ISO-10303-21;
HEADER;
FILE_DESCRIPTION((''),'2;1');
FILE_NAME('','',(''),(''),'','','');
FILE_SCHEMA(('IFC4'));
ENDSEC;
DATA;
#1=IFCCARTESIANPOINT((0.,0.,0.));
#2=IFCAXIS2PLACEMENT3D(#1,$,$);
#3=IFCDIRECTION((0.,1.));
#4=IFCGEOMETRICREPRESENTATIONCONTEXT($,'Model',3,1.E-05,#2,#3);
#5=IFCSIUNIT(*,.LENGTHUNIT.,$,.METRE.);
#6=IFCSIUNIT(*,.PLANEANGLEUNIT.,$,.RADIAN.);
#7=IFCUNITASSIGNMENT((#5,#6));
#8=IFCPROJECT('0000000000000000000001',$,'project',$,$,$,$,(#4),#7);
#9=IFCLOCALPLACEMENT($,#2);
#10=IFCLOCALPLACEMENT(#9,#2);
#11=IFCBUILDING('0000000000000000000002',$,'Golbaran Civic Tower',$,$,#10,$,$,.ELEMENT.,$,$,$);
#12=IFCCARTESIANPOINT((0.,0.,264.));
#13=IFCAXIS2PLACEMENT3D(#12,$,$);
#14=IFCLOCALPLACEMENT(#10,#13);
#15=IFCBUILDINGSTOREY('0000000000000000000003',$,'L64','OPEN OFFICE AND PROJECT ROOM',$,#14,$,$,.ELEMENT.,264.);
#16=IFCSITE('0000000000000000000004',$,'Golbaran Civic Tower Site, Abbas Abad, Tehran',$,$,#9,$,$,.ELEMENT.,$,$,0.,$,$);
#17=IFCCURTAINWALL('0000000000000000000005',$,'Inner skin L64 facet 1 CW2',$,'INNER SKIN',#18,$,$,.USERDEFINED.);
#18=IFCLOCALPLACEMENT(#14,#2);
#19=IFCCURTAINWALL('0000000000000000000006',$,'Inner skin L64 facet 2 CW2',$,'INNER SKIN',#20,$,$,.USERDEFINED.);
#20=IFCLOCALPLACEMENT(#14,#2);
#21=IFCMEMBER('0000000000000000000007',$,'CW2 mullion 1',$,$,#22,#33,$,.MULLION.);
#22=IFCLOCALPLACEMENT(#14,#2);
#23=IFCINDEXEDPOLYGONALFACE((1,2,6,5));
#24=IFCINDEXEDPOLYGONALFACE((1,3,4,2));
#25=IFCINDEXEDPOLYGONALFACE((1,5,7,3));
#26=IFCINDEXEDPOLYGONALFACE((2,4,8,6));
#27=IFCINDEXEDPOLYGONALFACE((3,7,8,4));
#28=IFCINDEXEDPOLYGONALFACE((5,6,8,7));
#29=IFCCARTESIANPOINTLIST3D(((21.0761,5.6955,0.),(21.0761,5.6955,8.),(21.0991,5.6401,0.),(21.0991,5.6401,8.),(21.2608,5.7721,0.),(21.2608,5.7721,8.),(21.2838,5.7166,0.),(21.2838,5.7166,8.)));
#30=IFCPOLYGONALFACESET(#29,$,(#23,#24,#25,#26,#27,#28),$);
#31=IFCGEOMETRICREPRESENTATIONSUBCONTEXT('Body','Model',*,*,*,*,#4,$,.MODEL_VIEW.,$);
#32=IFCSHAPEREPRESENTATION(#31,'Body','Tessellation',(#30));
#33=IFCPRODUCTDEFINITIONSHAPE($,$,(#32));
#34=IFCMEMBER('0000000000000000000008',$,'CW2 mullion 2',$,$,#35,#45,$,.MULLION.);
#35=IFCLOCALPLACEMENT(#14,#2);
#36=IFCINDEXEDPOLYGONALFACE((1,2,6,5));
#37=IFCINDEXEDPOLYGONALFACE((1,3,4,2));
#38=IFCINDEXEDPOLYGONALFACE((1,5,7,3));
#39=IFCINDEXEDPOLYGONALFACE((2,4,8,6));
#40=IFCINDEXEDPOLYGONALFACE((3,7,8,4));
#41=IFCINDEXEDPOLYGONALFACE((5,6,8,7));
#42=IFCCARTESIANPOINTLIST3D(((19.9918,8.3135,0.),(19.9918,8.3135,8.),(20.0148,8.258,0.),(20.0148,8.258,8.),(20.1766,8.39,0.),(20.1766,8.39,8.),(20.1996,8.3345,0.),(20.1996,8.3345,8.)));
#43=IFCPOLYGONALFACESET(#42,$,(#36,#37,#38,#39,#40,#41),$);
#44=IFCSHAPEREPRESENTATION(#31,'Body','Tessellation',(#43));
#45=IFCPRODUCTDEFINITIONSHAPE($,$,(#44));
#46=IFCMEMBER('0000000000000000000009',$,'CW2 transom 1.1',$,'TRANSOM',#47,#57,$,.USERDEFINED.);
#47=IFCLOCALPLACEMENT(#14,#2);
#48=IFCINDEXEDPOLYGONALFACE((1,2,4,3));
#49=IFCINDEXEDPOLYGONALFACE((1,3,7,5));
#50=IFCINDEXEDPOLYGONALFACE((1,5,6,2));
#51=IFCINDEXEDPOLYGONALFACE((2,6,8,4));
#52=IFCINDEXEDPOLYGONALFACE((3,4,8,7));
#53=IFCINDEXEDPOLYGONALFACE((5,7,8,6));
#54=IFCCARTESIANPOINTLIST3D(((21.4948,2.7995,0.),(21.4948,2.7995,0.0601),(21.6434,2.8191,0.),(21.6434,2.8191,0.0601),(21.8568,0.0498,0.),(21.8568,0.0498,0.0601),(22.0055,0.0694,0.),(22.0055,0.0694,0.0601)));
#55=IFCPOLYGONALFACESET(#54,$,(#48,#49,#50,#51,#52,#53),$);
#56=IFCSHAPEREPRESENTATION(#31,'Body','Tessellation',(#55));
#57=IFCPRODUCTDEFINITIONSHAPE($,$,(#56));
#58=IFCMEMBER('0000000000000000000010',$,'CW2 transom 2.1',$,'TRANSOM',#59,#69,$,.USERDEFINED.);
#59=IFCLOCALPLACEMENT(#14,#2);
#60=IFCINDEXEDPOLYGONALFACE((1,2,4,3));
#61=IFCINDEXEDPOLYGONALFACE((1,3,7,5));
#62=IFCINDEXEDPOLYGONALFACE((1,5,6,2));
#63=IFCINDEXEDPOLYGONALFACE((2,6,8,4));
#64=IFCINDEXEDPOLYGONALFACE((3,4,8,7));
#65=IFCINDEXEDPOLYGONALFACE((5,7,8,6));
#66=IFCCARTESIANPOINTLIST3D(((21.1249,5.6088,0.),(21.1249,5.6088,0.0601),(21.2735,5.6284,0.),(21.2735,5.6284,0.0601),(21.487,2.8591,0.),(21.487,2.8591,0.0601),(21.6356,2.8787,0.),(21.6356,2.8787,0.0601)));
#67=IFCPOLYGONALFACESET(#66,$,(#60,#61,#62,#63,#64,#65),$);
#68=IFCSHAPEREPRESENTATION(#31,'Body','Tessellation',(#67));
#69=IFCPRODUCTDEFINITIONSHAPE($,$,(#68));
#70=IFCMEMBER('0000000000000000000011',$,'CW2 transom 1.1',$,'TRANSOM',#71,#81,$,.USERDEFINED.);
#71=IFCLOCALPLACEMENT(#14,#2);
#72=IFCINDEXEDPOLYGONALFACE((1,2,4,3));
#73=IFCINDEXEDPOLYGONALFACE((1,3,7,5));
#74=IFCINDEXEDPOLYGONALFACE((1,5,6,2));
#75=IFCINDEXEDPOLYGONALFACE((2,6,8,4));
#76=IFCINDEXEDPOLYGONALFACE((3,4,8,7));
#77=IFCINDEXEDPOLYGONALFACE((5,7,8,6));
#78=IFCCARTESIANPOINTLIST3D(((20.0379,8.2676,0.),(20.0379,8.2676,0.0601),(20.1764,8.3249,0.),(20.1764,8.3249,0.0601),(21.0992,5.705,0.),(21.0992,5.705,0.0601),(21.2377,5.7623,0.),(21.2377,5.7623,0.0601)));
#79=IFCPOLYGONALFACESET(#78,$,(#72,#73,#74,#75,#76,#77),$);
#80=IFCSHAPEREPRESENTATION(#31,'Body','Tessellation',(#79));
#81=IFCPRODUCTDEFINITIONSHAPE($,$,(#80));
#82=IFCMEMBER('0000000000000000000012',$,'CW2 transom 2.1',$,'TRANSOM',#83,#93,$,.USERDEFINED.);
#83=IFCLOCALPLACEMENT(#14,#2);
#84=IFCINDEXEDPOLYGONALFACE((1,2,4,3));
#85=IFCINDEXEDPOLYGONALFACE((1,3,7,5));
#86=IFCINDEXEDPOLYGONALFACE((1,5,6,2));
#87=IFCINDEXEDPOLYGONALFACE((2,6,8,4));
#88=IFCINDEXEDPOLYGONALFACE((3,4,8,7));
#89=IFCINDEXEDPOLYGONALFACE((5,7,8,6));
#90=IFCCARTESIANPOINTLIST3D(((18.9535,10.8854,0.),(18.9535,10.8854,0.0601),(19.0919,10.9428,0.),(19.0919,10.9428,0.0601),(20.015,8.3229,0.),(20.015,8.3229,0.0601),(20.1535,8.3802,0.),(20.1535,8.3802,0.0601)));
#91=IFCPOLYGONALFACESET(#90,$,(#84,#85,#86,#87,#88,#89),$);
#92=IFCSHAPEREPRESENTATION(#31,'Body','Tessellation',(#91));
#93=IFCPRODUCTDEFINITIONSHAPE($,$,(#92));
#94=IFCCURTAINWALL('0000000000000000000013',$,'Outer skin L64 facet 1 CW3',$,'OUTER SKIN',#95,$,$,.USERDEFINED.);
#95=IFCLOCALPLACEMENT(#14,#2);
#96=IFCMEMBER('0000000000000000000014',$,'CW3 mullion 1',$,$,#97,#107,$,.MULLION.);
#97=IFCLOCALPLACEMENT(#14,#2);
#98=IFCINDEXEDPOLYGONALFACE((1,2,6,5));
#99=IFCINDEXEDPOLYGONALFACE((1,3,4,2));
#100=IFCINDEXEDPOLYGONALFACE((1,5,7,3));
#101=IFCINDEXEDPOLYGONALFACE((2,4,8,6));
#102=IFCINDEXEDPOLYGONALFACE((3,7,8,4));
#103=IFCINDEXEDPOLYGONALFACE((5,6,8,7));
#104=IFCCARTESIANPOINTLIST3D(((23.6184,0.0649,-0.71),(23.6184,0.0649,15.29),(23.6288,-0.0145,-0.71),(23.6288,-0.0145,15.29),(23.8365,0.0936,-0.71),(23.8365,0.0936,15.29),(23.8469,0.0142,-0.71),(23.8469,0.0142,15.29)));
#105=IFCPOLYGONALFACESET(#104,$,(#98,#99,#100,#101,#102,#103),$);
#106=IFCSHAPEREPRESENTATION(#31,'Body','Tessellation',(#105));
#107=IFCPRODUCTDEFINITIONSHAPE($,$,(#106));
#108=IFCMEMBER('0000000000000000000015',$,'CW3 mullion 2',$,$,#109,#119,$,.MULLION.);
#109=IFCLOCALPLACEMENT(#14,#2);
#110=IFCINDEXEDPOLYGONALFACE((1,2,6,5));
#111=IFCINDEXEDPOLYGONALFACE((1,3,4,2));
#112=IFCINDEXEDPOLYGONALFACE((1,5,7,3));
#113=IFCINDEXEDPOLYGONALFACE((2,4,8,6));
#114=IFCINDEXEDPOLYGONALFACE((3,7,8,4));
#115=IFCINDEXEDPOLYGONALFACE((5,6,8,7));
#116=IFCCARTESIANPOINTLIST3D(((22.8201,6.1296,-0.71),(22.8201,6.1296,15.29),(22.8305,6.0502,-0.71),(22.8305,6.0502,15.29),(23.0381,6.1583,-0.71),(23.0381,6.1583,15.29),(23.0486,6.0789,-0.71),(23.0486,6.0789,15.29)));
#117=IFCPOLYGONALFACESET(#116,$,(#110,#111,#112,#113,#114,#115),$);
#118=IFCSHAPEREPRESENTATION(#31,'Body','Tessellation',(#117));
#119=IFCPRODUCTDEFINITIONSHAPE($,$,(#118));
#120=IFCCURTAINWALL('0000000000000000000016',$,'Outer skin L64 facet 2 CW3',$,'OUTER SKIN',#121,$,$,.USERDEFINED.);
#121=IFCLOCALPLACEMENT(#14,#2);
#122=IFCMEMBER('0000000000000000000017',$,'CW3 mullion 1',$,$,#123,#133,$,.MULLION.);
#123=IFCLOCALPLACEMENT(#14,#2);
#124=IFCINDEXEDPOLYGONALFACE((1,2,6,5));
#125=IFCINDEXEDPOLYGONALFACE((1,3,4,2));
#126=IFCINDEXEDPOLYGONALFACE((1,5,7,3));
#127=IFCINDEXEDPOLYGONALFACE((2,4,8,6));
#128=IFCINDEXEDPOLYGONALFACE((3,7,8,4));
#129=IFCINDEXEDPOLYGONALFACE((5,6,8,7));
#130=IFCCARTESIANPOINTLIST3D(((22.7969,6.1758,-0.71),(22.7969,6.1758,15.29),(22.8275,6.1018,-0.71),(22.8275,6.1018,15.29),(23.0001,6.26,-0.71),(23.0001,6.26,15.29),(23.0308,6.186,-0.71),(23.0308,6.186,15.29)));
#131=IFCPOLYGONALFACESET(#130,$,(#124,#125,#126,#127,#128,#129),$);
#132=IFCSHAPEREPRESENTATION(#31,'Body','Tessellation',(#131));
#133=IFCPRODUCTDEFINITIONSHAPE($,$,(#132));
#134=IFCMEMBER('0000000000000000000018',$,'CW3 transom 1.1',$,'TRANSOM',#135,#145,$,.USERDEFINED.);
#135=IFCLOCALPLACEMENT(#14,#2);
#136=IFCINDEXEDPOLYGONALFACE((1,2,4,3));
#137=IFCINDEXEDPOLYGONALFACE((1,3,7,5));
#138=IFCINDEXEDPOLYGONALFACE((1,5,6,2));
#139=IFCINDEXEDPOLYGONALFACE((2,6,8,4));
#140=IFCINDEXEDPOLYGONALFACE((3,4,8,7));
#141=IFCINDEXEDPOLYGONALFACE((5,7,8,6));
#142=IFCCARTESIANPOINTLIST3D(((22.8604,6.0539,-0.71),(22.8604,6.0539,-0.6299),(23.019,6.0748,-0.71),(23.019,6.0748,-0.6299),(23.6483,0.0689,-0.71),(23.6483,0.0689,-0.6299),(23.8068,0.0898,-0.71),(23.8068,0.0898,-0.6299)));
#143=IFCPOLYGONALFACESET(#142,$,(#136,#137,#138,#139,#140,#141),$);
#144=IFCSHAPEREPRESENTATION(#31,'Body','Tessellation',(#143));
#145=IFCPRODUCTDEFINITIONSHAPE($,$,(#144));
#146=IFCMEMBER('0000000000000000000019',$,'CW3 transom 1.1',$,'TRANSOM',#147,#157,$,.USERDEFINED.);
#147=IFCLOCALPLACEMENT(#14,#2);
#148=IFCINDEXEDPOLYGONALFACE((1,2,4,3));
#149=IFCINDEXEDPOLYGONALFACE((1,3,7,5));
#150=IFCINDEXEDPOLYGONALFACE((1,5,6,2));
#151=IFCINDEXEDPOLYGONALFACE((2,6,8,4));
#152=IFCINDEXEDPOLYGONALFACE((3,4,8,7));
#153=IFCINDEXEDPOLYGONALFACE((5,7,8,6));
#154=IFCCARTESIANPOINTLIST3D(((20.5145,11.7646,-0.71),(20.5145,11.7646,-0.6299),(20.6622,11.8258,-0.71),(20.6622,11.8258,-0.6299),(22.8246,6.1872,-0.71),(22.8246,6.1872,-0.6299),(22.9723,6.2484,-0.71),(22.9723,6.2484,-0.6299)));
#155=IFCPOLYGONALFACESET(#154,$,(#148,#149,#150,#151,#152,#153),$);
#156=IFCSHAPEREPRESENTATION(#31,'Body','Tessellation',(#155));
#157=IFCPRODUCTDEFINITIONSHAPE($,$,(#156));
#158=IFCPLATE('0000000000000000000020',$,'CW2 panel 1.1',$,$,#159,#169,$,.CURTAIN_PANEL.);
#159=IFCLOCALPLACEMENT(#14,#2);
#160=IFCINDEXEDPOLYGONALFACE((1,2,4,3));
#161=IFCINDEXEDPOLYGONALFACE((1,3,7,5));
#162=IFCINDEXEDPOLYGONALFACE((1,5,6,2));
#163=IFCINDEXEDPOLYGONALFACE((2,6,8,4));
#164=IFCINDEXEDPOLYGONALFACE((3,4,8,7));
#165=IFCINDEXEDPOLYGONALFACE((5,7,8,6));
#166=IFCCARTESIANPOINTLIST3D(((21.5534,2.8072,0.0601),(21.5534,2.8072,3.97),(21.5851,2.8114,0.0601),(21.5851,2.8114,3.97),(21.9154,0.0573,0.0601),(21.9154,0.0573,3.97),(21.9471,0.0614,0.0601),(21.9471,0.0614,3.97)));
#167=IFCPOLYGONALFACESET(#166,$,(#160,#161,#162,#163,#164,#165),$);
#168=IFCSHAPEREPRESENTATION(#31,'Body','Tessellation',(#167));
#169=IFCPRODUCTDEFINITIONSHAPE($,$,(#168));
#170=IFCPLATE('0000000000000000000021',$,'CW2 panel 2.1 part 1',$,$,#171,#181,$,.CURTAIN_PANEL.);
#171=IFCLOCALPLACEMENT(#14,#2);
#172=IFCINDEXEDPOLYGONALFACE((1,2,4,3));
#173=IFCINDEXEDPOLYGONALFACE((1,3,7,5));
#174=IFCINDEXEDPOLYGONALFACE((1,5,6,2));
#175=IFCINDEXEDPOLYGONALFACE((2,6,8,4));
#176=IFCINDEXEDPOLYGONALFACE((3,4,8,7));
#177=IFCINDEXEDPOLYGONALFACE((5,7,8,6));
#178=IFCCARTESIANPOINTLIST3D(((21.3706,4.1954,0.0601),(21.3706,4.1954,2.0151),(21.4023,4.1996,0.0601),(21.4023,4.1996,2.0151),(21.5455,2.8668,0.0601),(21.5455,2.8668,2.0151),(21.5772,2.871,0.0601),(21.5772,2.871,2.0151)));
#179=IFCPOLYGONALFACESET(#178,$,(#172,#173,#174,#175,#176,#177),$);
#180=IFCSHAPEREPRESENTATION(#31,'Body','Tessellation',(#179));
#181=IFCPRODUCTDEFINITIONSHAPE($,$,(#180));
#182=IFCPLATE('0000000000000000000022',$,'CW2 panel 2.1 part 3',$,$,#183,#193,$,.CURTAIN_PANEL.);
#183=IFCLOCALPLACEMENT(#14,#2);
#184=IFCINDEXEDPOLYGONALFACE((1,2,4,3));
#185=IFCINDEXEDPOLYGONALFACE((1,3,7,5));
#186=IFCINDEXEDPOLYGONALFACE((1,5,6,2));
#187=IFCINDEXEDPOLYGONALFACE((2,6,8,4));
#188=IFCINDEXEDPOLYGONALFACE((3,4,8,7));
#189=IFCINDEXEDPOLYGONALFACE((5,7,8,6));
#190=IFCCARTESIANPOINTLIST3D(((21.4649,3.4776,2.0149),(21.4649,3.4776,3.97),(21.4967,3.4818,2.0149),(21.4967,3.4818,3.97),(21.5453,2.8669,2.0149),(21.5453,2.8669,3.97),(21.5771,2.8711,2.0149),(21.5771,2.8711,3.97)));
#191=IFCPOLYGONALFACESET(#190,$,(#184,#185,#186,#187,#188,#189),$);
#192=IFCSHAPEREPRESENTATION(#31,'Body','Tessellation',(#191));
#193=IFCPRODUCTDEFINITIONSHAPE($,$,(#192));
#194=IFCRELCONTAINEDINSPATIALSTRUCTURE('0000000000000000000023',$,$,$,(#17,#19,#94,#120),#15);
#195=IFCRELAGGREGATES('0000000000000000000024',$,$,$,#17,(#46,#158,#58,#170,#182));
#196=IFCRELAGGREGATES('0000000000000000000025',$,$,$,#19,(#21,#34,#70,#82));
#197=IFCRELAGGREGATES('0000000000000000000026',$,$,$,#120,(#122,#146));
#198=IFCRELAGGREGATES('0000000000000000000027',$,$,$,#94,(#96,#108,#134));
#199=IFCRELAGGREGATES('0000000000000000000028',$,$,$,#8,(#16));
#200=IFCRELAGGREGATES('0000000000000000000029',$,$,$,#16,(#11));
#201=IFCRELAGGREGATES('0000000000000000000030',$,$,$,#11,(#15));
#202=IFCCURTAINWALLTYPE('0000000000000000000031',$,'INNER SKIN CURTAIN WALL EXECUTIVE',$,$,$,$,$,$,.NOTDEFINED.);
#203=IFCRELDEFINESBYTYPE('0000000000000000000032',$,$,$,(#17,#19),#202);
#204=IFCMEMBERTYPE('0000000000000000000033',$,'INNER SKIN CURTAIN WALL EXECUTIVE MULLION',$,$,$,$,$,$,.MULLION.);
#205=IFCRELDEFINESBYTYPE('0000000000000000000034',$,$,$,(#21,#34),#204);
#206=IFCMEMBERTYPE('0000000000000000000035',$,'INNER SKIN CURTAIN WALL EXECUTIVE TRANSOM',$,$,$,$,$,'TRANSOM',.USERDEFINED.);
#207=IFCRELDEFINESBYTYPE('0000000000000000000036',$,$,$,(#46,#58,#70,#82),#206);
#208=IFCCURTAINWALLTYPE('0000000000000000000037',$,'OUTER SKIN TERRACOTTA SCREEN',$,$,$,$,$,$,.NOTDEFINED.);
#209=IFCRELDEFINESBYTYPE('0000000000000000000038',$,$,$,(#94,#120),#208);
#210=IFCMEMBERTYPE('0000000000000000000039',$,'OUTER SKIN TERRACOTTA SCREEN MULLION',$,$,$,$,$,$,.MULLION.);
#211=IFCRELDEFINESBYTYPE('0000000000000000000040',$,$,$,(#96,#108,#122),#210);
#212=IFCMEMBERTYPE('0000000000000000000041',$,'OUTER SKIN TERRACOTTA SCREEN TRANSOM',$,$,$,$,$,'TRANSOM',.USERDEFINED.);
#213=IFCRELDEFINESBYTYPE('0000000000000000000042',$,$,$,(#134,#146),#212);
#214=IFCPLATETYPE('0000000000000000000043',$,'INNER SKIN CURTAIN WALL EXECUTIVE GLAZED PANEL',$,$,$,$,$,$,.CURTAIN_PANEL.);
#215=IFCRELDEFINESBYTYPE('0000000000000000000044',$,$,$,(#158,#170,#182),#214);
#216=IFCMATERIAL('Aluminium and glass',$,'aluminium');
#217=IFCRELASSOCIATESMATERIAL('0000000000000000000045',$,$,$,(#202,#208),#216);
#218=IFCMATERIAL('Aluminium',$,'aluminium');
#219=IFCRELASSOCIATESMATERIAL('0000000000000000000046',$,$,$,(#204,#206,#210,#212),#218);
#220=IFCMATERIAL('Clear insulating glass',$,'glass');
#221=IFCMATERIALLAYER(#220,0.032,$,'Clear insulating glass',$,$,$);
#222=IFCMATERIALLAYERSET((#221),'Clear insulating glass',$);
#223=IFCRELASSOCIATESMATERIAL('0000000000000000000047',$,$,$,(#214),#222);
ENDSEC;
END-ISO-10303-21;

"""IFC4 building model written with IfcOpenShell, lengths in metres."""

from ifc_helpers import new_model, si_unit, direction, frame, origin, origin_2d, place, context, subcontext, project, spatial, rectangle, extrude, material, layer, layer_set, material_profile, profile_set, type_object, element, aggregate, save


model = new_model("IFC4")

# Units and contexts
model_context = context("Model", 3, precision=1e-05, world=origin(), true_north=direction((0.0, 1.0)))
body_context = subcontext(model_context, "Body", "Model", "MODEL_VIEW")
ifc_project = project(units=[si_unit("LENGTHUNIT", "METRE"), si_unit("PLANEANGLEUNIT", "RADIAN")], contexts=[model_context])

# Site, building, storey
site_placement = place(None, origin())
site = spatial("IfcSite", under=ifc_project, at=site_placement, Name="Golbaran Civic Tower Site, Abbas Abad, Tehran", CompositionType="ELEMENT", RefElevation=0.0)
building_placement = place(site_placement, origin())
building = spatial("IfcBuilding", under=site, at=building_placement, Name="Golbaran Civic Tower", CompositionType="ELEMENT")
storey_placement = place(building_placement, frame((0.0, 0.0, 264.0)))
storey = spatial("IfcBuildingStorey", under=building, at=storey_placement, Name="L64", Description="OPEN OFFICE AND PROJECT ROOM", CompositionType="ELEMENT", Elevation=264.0)

# Curtain walls, members
ifc_material_1 = material(Name="Aluminium and glass", Category="aluminium")
curtain_wall_type_1 = type_object("IfcCurtainWallType", Name="INNER SKIN CURTAIN WALL EXECUTIVE", PredefinedType="NOTDEFINED", material=ifc_material_1)
curtain_wall_1_placement = place(storey_placement, origin())
curtain_wall_1 = element("IfcCurtainWall", 1, at=curtain_wall_1_placement, inside=storey, type_object=curtain_wall_type_1, Name="Inner skin L64 facet 1 CW2", ObjectType="INNER SKIN", PredefinedType="USERDEFINED")
ifc_material_2 = material(Name="Aluminium", Category="aluminium")
ifc_material_profile_1 = material_profile(ifc_material_2, rectangle(XDim=0.2, YDim=0.0601, at=origin_2d()), Name="INNER SKIN CURTAIN WALL EXECUTIVE MULLION")
ifc_profile_set_1 = profile_set([ifc_material_profile_1], Name="Aluminium")
member_type_1 = type_object("IfcMemberType", Name="INNER SKIN CURTAIN WALL EXECUTIVE MULLION", PredefinedType="MULLION", material=ifc_profile_set_1)
curtain_wall_2_placement = place(storey_placement, origin())
curtain_wall_2 = element("IfcCurtainWall", 2, at=curtain_wall_2_placement, inside=storey, type_object=curtain_wall_type_1, Name="Inner skin L64 facet 2 CW2", ObjectType="INNER SKIN", PredefinedType="USERDEFINED")
member_1_placement = place(storey_placement, frame((21.1799, 5.7061, 0.0), z_axis=(0.0, 0.0, 1.0), x_axis=(-0.92388, -0.382683, 0.0)))
member_1 = element("IfcMember", 3, at=member_1_placement, type_object=member_type_1, Name="CW2 mullion 1", PredefinedType="MULLION", context=body_context, shape_type="SweptSolid", body=[
    extrude(rectangle(XDim=0.2, YDim=0.0601, at=origin_2d()), origin(), (0.0, 0.0, 1.0), 8.0),
])
member_2_placement = place(storey_placement, frame((20.0957, 8.324, 0.0), z_axis=(0.0, 0.0, 1.0), x_axis=(-0.92388, -0.382683, 0.0)))
member_2 = element("IfcMember", 4, at=member_2_placement, type_object=member_type_1, Name="CW2 mullion 2", PredefinedType="MULLION", context=body_context, shape_type="SweptSolid", body=[
    extrude(rectangle(XDim=0.2, YDim=0.0601, at=origin_2d()), origin(), (0.0, 0.0, 1.0), 8.0),
])

# Members
ifc_material_profile_2 = material_profile(ifc_material_2, rectangle(XDim=0.1499, YDim=0.0601, at=origin_2d()), Name="INNER SKIN CURTAIN WALL EXECUTIVE TRANSOM")
ifc_profile_set_2 = profile_set([ifc_material_profile_2], Name="Aluminium")
member_type_2 = type_object("IfcMemberType", Name="INNER SKIN CURTAIN WALL EXECUTIVE TRANSOM", ElementType="TRANSOM", PredefinedType="USERDEFINED", material=ifc_profile_set_2)
member_3_placement = place(storey_placement, frame((21.9312, 0.0596, 0.03), z_axis=(-0.130543, 0.991443, 0.0), x_axis=(-0.991443, -0.130543, 0.0)))
member_3 = element("IfcMember", 5, at=member_3_placement, type_object=member_type_2, Name="CW2 transom 1.1", ObjectType="TRANSOM", PredefinedType="USERDEFINED", context=body_context, shape_type="SweptSolid", body=[
    extrude(rectangle(XDim=0.1499, YDim=0.0601, at=origin_2d()), origin(), (0.0, 0.0, 1.0), 2.7734),
])
member_4_placement = place(storey_placement, frame((21.5613, 2.8689, 0.03), z_axis=(-0.130543, 0.991443, 0.0), x_axis=(-0.991443, -0.130543, 0.0)))
member_4 = element("IfcMember", 6, at=member_4_placement, type_object=member_type_2, Name="CW2 transom 2.1", ObjectType="TRANSOM", PredefinedType="USERDEFINED", context=body_context, shape_type="SweptSolid", body=[
    extrude(rectangle(XDim=0.1499, YDim=0.0601, at=origin_2d()), origin(), (0.0, 0.0, 1.0), 2.7734),
])
member_5_placement = place(storey_placement, frame((21.1685, 5.7336, 0.03), z_axis=(-0.382639, 0.923898, 0.0), x_axis=(-0.923898, -0.382639, 0.0)))
member_5 = element("IfcMember", 7, at=member_5_placement, type_object=member_type_2, Name="CW2 transom 1.1", ObjectType="TRANSOM", PredefinedType="USERDEFINED", context=body_context, shape_type="SweptSolid", body=[
    extrude(rectangle(XDim=0.1499, YDim=0.0601, at=origin_2d()), origin(), (0.0, 0.0, 1.0), 2.7737),
])
member_6_placement = place(storey_placement, frame((20.0842, 8.3516, 0.03), z_axis=(-0.382715, 0.923867, 0.0), x_axis=(-0.923867, -0.382715, 0.0)))
member_6 = element("IfcMember", 8, at=member_6_placement, type_object=member_type_2, Name="CW2 transom 2.1", ObjectType="TRANSOM", PredefinedType="USERDEFINED", context=body_context, shape_type="SweptSolid", body=[
    extrude(rectangle(XDim=0.1499, YDim=0.0601, at=origin_2d()), origin(), (0.0, 0.0, 1.0), 2.7737),
])

# Curtain wall, members
curtain_wall_type_2 = type_object("IfcCurtainWallType", Name="OUTER SKIN TERRACOTTA SCREEN", PredefinedType="NOTDEFINED", material=ifc_material_1)
curtain_wall_3_placement = place(storey_placement, origin())
curtain_wall_3 = element("IfcCurtainWall", 9, at=curtain_wall_3_placement, inside=storey, type_object=curtain_wall_type_2, Name="Outer skin L64 facet 1 CW3", ObjectType="OUTER SKIN", PredefinedType="USERDEFINED")
ifc_material_profile_3 = material_profile(ifc_material_2, rectangle(XDim=0.22, YDim=0.0801, at=origin_2d()), Name="OUTER SKIN TERRACOTTA SCREEN MULLION")
ifc_profile_set_3 = profile_set([ifc_material_profile_3], Name="Aluminium")
member_type_3 = type_object("IfcMemberType", Name="OUTER SKIN TERRACOTTA SCREEN MULLION", PredefinedType="MULLION", material=ifc_profile_set_3)
member_7_placement = place(storey_placement, frame((23.7327, 0.0396, -0.71), z_axis=(0.0, 0.0, 1.0), x_axis=(-0.991445, -0.130526, 0.0)))
member_7 = element("IfcMember", 10, at=member_7_placement, type_object=member_type_3, Name="CW3 mullion 1", PredefinedType="MULLION", context=body_context, shape_type="SweptSolid", body=[
    extrude(rectangle(XDim=0.22, YDim=0.0801, at=origin_2d()), origin(), (0.0, 0.0, 1.0), 16.0),
])
member_8_placement = place(storey_placement, frame((22.9343, 6.1042, -0.71), z_axis=(0.0, 0.0, 1.0), x_axis=(-0.991445, -0.130526, 0.0)))
member_8 = element("IfcMember", 11, at=member_8_placement, type_object=member_type_3, Name="CW3 mullion 2", PredefinedType="MULLION", context=body_context, shape_type="SweptSolid", body=[
    extrude(rectangle(XDim=0.22, YDim=0.0801, at=origin_2d()), origin(), (0.0, 0.0, 1.0), 16.0),
])

# Curtain wall, member
curtain_wall_4_placement = place(storey_placement, origin())
curtain_wall_4 = element("IfcCurtainWall", 12, at=curtain_wall_4_placement, inside=storey, type_object=curtain_wall_type_2, Name="Outer skin L64 facet 2 CW3", ObjectType="OUTER SKIN", PredefinedType="USERDEFINED")
member_9_placement = place(storey_placement, frame((22.9138, 6.1809, -0.71), z_axis=(0.0, 0.0, 1.0), x_axis=(-0.92388, -0.382683, 0.0)))
member_9 = element("IfcMember", 13, at=member_9_placement, type_object=member_type_3, Name="CW3 mullion 1", PredefinedType="MULLION", context=body_context, shape_type="SweptSolid", body=[
    extrude(rectangle(XDim=0.22, YDim=0.0801, at=origin_2d()), origin(), (0.0, 0.0, 1.0), 16.0),
])

# Members
ifc_material_profile_4 = material_profile(ifc_material_2, rectangle(XDim=0.1599, YDim=0.0801, at=origin_2d()), Name="OUTER SKIN TERRACOTTA SCREEN TRANSOM")
ifc_profile_set_4 = profile_set([ifc_material_profile_4], Name="Aluminium")
member_type_4 = type_object("IfcMemberType", Name="OUTER SKIN TERRACOTTA SCREEN TRANSOM", ElementType="TRANSOM", PredefinedType="USERDEFINED", material=ifc_profile_set_4)
member_10_placement = place(storey_placement, frame((23.7275, 0.0793, -0.6699), z_axis=(-0.130508, 0.991447, 0.0), x_axis=(-0.991447, -0.130508, 0.0)))
member_10 = element("IfcMember", 14, at=member_10_placement, type_object=member_type_4, Name="CW3 transom 1.1", ObjectType="TRANSOM", PredefinedType="USERDEFINED", context=body_context, shape_type="SweptSolid", body=[
    extrude(rectangle(XDim=0.1599, YDim=0.0801, at=origin_2d()), origin(), (0.0, 0.0, 1.0), 6.0366),
])
member_11_placement = place(storey_placement, frame((22.8984, 6.2178, -0.6699), z_axis=(-0.382659, 0.92389, 0.0), x_axis=(-0.92389, -0.382659, 0.0)))
member_11 = element("IfcMember", 15, at=member_11_placement, type_object=member_type_4, Name="CW3 transom 1.1", ObjectType="TRANSOM", PredefinedType="USERDEFINED", context=body_context, shape_type="SweptSolid", body=[
    extrude(rectangle(XDim=0.1599, YDim=0.0801, at=origin_2d()), origin(), (0.0, 0.0, 1.0), 6.0369),
])

# Plates
ifc_material_3 = material(Name="Clear insulating glass", Category="glass")
ifc_layer_1 = layer(ifc_material_3, 0.032, Name="Clear insulating glass")
ifc_layer_set_1 = layer_set([ifc_layer_1], Name="Clear insulating glass")
plate_type_1 = type_object("IfcPlateType", Name="INNER SKIN CURTAIN WALL EXECUTIVE GLAZED PANEL", PredefinedType="CURTAIN_PANEL", material=ifc_layer_set_1)
plate_1_placement = place(storey_placement, frame((21.7502, 1.4343, 0.0601), z_axis=(0.0, 0.0, 1.0), x_axis=(-0.130526, 0.991445, 0.0)))
plate_1 = element("IfcPlate", 16, at=plate_1_placement, type_object=plate_type_1, Name="CW2 panel 1.1", PredefinedType="CURTAIN_PANEL", context=body_context, shape_type="SweptSolid", body=[
    extrude(rectangle(XDim=2.7737, YDim=0.032, at=origin_2d()), origin(), (0.0, 0.0, 1.0), 3.9099),
])
plate_2_placement = place(storey_placement, frame((21.4739, 3.5332, 0.0601), z_axis=(0.0, 0.0, 1.0), x_axis=(-0.130526, 0.991445, 0.0)))
plate_2 = element("IfcPlate", 17, at=plate_2_placement, type_object=plate_type_1, Name="CW2 panel 2.1 part 1", PredefinedType="CURTAIN_PANEL", context=body_context, shape_type="SweptSolid", body=[
    extrude(rectangle(XDim=1.3401, YDim=0.032, at=origin_2d()), origin(), (0.0, 0.0, 1.0), 1.9551),
])
plate_3_placement = place(storey_placement, frame((21.521, 3.1743, 2.0149), z_axis=(0.0, 0.0, 1.0), x_axis=(-0.130526, 0.991445, 0.0)))
plate_3 = element("IfcPlate", 18, at=plate_3_placement, type_object=plate_type_1, Name="CW2 panel 2.1 part 3", PredefinedType="CURTAIN_PANEL", context=body_context, shape_type="SweptSolid", body=[
    extrude(rectangle(XDim=0.616, YDim=0.032, at=origin_2d()), origin(), (0.0, 0.0, 1.0), 1.9551),
])
aggregate(curtain_wall_1, [member_3, plate_1, member_4, plate_2, plate_3])
aggregate(curtain_wall_2, [member_1, member_2, member_5, member_6])
aggregate(curtain_wall_4, [member_9, member_11])
aggregate(curtain_wall_3, [member_7, member_8, member_10])

save(model, "model.ifc")
